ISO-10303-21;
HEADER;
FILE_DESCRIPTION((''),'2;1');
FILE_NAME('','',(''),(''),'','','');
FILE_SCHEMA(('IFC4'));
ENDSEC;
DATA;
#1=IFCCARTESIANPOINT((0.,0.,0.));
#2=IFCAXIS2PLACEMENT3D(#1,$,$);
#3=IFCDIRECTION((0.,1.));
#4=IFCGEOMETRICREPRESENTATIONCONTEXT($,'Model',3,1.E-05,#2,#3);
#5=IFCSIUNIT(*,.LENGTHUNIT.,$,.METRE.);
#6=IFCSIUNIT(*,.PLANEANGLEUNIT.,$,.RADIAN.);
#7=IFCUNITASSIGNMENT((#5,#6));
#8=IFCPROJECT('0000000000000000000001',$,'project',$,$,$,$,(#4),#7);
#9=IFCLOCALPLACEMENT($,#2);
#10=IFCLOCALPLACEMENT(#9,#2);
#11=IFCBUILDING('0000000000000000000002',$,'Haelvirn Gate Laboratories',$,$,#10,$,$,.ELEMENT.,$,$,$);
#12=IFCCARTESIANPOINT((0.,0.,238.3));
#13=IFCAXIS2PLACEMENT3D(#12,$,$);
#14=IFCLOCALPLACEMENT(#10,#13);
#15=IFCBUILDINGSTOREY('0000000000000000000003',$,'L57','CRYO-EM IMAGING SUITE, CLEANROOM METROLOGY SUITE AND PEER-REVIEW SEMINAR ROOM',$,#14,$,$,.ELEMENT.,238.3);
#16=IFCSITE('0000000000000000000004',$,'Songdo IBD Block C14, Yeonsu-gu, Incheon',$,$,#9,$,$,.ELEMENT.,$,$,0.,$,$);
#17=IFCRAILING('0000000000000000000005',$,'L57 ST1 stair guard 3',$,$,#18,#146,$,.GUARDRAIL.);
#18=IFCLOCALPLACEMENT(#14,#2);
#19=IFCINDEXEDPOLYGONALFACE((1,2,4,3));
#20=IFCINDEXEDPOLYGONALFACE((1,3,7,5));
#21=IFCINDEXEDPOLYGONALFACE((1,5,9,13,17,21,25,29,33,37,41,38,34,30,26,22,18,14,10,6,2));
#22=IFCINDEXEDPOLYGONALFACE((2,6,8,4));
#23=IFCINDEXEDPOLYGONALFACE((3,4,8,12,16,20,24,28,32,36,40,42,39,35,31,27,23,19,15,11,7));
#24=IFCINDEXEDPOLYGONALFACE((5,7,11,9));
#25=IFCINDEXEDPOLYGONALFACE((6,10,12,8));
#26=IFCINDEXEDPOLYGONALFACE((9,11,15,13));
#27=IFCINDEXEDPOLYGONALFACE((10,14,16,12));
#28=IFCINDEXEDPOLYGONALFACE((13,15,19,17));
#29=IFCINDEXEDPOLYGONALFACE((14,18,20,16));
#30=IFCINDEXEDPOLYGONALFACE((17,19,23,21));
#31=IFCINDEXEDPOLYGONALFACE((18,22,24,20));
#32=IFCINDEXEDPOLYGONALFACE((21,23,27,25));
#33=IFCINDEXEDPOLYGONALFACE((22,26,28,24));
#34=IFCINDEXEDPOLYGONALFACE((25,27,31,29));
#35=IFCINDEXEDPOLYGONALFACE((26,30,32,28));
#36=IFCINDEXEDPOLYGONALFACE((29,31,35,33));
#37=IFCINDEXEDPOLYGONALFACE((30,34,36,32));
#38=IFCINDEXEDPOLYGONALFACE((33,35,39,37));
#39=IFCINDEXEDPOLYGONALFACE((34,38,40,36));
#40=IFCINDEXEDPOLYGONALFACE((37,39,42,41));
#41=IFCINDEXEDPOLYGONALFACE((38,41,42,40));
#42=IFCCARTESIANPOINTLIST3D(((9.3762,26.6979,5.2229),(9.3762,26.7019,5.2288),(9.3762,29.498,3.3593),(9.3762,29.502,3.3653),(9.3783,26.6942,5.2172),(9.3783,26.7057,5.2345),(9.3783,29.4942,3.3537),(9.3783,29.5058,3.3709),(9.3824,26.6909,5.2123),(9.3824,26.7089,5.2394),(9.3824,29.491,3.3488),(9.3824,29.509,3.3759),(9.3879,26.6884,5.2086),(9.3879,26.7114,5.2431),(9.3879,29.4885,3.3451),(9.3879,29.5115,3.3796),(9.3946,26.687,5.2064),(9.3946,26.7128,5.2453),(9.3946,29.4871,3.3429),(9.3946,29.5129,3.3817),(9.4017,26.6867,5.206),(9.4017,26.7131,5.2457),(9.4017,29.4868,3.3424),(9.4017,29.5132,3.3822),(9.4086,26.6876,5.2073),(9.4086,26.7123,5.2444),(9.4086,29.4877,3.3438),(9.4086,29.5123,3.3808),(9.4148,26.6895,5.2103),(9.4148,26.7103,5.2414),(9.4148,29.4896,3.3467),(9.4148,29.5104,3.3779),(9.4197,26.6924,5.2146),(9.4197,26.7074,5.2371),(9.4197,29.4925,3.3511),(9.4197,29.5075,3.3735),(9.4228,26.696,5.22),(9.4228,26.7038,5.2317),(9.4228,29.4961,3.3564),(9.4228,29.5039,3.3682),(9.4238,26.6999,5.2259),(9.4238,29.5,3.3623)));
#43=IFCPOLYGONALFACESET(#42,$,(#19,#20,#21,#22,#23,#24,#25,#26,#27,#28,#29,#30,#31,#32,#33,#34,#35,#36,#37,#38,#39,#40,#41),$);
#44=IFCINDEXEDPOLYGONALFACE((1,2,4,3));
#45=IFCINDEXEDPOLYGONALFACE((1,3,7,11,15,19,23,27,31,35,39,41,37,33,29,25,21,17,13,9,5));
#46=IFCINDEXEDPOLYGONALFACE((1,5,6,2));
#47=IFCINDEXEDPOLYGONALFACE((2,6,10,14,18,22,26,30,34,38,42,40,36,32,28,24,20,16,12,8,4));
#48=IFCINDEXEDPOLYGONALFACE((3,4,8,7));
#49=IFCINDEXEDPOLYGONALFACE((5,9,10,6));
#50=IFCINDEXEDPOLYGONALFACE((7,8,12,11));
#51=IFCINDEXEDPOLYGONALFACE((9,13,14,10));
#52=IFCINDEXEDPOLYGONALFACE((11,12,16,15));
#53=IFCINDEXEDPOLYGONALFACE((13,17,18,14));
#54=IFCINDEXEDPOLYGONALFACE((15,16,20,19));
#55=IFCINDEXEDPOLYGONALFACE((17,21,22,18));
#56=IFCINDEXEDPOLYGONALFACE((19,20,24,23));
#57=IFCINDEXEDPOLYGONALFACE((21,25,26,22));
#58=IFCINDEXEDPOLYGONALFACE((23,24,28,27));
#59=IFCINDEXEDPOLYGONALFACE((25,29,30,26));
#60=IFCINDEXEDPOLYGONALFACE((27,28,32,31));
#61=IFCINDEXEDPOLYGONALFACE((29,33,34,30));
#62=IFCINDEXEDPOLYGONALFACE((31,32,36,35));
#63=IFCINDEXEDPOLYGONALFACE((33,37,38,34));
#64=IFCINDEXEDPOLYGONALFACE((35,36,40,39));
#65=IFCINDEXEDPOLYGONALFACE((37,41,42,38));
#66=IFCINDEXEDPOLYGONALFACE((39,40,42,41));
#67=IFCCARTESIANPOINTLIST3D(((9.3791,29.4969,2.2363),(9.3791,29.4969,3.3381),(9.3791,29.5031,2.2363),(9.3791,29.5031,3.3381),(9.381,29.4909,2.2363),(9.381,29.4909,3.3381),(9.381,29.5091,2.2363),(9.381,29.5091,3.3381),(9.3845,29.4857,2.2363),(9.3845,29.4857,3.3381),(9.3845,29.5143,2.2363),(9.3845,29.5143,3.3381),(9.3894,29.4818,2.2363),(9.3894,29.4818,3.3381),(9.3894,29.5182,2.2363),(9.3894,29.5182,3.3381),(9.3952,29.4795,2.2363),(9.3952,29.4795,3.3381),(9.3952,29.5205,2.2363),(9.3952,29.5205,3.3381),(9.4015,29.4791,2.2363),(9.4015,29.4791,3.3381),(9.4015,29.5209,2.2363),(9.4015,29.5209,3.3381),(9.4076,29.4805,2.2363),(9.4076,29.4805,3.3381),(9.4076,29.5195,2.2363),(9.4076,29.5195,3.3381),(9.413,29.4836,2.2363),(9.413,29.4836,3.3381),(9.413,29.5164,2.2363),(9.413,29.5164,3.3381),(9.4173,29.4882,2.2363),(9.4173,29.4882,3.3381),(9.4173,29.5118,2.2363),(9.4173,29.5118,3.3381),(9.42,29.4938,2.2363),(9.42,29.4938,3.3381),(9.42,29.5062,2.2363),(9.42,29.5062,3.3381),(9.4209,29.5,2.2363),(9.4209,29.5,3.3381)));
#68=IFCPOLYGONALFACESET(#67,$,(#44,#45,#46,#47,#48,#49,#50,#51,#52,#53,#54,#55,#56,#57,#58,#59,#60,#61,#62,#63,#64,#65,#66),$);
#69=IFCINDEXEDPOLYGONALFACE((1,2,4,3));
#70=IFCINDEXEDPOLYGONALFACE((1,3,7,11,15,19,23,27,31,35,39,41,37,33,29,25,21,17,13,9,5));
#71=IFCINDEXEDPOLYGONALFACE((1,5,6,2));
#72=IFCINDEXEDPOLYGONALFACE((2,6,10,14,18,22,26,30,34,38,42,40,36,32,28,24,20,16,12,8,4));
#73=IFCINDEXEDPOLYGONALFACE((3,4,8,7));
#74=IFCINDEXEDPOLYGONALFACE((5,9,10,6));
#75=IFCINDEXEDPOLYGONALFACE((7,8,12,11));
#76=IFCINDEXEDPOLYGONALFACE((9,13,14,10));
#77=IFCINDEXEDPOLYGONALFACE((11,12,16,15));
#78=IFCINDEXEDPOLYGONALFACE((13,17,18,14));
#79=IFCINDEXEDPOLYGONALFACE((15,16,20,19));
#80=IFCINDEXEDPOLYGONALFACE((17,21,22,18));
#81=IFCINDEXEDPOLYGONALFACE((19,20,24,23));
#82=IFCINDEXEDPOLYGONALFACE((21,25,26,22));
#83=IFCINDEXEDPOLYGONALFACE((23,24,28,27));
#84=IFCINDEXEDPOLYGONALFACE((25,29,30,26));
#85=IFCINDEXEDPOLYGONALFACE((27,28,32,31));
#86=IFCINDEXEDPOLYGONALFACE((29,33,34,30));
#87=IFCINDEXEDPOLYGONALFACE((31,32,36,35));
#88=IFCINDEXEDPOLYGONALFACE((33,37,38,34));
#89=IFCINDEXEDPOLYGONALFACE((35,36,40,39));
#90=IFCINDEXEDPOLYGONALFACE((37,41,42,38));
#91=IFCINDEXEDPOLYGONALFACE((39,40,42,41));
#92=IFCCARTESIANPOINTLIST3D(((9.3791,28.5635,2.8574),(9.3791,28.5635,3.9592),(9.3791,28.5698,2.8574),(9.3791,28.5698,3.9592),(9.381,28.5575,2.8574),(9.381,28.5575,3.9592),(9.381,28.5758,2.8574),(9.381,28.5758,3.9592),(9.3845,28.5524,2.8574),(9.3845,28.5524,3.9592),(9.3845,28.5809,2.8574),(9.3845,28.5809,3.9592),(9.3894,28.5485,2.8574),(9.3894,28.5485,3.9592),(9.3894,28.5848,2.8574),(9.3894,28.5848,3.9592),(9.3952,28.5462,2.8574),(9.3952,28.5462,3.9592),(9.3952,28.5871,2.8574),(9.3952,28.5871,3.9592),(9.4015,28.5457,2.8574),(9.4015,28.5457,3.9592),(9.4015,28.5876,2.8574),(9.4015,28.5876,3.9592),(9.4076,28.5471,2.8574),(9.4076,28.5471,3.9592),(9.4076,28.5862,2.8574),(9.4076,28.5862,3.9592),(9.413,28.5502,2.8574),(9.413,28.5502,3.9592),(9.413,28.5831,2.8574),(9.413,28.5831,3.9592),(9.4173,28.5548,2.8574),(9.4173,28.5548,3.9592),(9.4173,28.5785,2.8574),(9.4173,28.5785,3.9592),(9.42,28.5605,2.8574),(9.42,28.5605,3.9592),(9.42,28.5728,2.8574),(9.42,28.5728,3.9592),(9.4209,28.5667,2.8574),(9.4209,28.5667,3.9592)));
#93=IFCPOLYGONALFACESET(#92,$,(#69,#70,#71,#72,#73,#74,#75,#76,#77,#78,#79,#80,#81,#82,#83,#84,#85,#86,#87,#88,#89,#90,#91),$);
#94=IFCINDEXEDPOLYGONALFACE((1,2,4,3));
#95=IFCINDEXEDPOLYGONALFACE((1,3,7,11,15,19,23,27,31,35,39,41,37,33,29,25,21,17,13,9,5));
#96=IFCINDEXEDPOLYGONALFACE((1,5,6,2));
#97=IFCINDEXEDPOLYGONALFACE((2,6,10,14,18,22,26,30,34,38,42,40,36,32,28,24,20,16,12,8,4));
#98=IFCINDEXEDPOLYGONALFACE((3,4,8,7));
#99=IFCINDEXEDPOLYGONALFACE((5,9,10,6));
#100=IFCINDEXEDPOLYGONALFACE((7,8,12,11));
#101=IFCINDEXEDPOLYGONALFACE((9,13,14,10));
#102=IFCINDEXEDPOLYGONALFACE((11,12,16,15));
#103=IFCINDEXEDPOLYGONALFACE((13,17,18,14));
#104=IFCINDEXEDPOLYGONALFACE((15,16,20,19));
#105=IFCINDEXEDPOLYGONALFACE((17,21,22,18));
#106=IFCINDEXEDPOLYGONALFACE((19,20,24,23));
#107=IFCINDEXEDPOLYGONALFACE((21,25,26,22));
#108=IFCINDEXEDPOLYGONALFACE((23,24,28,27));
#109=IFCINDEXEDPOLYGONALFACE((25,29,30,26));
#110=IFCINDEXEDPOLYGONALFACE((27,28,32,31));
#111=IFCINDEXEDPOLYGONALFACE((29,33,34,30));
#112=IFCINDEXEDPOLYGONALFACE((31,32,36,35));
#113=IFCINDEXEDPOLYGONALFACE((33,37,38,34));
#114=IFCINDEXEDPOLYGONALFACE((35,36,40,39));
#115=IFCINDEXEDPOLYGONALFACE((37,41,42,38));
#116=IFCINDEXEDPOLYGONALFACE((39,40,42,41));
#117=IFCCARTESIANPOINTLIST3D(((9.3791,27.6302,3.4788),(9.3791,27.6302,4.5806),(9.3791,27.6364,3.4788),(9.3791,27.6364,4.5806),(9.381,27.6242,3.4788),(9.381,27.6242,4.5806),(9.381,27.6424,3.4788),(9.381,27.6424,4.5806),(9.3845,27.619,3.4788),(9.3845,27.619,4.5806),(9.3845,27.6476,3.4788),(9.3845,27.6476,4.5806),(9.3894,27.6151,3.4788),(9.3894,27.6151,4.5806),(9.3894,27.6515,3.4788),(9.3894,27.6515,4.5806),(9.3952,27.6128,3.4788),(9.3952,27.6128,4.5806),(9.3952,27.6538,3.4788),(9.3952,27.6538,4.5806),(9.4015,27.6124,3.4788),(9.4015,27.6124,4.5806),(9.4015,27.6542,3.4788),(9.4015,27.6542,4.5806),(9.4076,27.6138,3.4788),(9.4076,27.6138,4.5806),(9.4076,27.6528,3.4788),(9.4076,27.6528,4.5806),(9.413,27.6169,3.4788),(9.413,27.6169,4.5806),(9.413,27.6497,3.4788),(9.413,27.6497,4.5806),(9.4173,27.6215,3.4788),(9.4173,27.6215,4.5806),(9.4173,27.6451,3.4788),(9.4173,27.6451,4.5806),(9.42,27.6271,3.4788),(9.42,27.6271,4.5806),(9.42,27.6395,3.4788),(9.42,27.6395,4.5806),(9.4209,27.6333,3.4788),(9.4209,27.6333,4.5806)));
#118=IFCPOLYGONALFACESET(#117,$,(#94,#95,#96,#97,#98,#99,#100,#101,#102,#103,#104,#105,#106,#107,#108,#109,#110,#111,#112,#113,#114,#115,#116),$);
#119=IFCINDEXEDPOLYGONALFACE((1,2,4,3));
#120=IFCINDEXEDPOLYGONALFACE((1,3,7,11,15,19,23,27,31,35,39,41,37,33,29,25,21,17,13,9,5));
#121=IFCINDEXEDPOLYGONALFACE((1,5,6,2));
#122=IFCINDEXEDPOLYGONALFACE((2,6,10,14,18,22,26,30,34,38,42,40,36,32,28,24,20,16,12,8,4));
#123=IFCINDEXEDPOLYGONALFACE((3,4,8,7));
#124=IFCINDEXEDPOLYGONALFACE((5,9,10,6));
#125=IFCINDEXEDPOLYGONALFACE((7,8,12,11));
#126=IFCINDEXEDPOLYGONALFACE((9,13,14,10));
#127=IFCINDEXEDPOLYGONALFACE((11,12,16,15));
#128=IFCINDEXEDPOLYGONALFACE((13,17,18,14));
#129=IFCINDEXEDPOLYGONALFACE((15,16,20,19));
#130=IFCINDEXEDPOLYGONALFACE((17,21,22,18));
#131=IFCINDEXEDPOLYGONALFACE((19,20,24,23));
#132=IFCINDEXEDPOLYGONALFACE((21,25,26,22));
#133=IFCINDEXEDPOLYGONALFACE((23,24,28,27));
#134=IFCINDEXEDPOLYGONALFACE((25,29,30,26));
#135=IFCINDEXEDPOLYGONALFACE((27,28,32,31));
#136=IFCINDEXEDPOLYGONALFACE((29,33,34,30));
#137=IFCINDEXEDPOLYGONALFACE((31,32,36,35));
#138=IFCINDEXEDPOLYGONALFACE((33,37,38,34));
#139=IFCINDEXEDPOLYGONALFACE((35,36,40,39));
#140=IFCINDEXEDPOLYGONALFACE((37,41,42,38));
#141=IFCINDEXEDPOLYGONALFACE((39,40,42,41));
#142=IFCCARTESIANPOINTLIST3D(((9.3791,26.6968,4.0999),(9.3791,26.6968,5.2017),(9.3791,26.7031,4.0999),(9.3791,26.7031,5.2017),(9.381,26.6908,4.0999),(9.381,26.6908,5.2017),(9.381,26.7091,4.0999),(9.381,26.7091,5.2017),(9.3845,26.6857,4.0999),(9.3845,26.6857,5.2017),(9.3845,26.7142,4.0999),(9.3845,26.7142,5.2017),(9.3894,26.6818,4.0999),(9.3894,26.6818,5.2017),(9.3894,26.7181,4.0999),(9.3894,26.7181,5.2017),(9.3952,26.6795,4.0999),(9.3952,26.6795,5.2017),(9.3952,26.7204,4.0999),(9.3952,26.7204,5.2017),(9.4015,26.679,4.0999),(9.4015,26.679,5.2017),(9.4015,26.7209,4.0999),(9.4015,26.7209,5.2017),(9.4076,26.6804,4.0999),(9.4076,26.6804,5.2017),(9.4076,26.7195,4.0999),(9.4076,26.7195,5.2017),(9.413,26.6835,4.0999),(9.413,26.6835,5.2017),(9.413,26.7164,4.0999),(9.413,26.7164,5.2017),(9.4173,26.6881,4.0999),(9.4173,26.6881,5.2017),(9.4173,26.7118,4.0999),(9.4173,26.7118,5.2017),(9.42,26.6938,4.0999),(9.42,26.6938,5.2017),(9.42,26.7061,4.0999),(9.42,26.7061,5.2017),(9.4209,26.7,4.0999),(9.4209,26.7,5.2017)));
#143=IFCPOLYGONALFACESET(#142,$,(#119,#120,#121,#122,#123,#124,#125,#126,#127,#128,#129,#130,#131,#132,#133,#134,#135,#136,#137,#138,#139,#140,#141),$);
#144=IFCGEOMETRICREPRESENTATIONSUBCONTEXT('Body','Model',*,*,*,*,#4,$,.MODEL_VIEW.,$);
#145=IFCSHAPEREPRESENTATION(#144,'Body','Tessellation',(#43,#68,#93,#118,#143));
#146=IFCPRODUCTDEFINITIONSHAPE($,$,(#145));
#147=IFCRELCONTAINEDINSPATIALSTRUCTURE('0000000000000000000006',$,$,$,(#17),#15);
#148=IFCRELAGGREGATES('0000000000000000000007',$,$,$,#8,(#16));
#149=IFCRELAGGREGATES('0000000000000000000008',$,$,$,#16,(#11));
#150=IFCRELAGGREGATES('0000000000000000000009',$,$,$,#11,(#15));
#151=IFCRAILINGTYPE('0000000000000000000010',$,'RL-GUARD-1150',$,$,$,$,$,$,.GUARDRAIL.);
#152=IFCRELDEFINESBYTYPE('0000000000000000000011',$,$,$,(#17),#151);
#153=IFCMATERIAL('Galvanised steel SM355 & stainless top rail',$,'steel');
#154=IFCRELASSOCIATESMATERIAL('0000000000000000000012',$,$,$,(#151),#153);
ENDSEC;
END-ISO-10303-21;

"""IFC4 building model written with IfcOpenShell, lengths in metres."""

from ifc_helpers import new_model, si_unit, direction, frame, origin, origin_2d, place, context, subcontext, project, spatial, circle, extrude, source, transform, mapped, material, type_object, element, save


model = new_model("IFC4")

# Units and contexts
model_context = context("Model", 3, precision=1e-05, world=origin(), true_north=direction((0.0, 1.0)))
body_context = subcontext(model_context, "Body", "Model", "MODEL_VIEW")
ifc_project = project(units=[si_unit("LENGTHUNIT", "METRE"), si_unit("PLANEANGLEUNIT", "RADIAN")], contexts=[model_context])

# Site, building, storey
site_placement = place(None, origin())
site = spatial("IfcSite", under=ifc_project, at=site_placement, Name="Songdo IBD Block C14, Yeonsu-gu, Incheon", CompositionType="ELEMENT", RefElevation=0.0)
building_placement = place(site_placement, origin())
building = spatial("IfcBuilding", under=site, at=building_placement, Name="Haelvirn Gate Laboratories", CompositionType="ELEMENT")
storey_placement = place(building_placement, frame((0.0, 0.0, 238.3)))
storey = spatial("IfcBuildingStorey", under=building, at=storey_placement, Name="L57", Description="CRYO-EM IMAGING SUITE, CLEANROOM METROLOGY SUITE AND PEER-REVIEW SEMINAR ROOM", CompositionType="ELEMENT", Elevation=238.3)

# Railing
ifc_material_1 = material(Name="Galvanised steel SM355 & stainless top rail", Category="steel")
railing_type_1 = type_object("IfcRailingType", Name="RL-GUARD-1150", PredefinedType="GUARDRAIL", material=ifc_material_1)
shared_shape_1 = source(origin(), body_context, "Body", "SweptSolid", [
    extrude(circle(Radius=0.0239, at=origin_2d()), frame((0.0, 0.0, 1.126), z_axis=(0.0, -0.832486, 0.554047), x_axis=(1.0, 0.0, 0.0)), (0.0, 0.0, 1.0), 3.3635),
    extrude(circle(Radius=0.021, at=origin_2d()), origin(), (0.0, 0.0, 1.0), 1.1018),
    extrude(circle(Radius=0.021, at=origin_2d()), frame((0.0, -0.9333, 0.6211)), (0.0, 0.0, 1.0), 1.1018),
    extrude(circle(Radius=0.021, at=origin_2d()), frame((0.0, -1.8667, 1.2424)), (0.0, 0.0, 1.0), 1.1018),
    extrude(circle(Radius=0.021, at=origin_2d()), frame((0.0, -2.8, 1.8635)), (0.0, 0.0, 1.0), 1.1018),
])
railing_1_placement = place(storey_placement, frame((9.3999, 29.5, 2.2363)))
element("IfcRailing", 1, at=railing_1_placement, inside=storey, type_object=railing_type_1, Name="L57 ST1 stair guard 3", PredefinedType="GUARDRAIL", context=body_context, shape_type="MappedRepresentation", body=[
    mapped(shared_shape_1, transform((0.0, 0.0, 0.0), scale=1.0)),
])

save(model, "model.ifc")
